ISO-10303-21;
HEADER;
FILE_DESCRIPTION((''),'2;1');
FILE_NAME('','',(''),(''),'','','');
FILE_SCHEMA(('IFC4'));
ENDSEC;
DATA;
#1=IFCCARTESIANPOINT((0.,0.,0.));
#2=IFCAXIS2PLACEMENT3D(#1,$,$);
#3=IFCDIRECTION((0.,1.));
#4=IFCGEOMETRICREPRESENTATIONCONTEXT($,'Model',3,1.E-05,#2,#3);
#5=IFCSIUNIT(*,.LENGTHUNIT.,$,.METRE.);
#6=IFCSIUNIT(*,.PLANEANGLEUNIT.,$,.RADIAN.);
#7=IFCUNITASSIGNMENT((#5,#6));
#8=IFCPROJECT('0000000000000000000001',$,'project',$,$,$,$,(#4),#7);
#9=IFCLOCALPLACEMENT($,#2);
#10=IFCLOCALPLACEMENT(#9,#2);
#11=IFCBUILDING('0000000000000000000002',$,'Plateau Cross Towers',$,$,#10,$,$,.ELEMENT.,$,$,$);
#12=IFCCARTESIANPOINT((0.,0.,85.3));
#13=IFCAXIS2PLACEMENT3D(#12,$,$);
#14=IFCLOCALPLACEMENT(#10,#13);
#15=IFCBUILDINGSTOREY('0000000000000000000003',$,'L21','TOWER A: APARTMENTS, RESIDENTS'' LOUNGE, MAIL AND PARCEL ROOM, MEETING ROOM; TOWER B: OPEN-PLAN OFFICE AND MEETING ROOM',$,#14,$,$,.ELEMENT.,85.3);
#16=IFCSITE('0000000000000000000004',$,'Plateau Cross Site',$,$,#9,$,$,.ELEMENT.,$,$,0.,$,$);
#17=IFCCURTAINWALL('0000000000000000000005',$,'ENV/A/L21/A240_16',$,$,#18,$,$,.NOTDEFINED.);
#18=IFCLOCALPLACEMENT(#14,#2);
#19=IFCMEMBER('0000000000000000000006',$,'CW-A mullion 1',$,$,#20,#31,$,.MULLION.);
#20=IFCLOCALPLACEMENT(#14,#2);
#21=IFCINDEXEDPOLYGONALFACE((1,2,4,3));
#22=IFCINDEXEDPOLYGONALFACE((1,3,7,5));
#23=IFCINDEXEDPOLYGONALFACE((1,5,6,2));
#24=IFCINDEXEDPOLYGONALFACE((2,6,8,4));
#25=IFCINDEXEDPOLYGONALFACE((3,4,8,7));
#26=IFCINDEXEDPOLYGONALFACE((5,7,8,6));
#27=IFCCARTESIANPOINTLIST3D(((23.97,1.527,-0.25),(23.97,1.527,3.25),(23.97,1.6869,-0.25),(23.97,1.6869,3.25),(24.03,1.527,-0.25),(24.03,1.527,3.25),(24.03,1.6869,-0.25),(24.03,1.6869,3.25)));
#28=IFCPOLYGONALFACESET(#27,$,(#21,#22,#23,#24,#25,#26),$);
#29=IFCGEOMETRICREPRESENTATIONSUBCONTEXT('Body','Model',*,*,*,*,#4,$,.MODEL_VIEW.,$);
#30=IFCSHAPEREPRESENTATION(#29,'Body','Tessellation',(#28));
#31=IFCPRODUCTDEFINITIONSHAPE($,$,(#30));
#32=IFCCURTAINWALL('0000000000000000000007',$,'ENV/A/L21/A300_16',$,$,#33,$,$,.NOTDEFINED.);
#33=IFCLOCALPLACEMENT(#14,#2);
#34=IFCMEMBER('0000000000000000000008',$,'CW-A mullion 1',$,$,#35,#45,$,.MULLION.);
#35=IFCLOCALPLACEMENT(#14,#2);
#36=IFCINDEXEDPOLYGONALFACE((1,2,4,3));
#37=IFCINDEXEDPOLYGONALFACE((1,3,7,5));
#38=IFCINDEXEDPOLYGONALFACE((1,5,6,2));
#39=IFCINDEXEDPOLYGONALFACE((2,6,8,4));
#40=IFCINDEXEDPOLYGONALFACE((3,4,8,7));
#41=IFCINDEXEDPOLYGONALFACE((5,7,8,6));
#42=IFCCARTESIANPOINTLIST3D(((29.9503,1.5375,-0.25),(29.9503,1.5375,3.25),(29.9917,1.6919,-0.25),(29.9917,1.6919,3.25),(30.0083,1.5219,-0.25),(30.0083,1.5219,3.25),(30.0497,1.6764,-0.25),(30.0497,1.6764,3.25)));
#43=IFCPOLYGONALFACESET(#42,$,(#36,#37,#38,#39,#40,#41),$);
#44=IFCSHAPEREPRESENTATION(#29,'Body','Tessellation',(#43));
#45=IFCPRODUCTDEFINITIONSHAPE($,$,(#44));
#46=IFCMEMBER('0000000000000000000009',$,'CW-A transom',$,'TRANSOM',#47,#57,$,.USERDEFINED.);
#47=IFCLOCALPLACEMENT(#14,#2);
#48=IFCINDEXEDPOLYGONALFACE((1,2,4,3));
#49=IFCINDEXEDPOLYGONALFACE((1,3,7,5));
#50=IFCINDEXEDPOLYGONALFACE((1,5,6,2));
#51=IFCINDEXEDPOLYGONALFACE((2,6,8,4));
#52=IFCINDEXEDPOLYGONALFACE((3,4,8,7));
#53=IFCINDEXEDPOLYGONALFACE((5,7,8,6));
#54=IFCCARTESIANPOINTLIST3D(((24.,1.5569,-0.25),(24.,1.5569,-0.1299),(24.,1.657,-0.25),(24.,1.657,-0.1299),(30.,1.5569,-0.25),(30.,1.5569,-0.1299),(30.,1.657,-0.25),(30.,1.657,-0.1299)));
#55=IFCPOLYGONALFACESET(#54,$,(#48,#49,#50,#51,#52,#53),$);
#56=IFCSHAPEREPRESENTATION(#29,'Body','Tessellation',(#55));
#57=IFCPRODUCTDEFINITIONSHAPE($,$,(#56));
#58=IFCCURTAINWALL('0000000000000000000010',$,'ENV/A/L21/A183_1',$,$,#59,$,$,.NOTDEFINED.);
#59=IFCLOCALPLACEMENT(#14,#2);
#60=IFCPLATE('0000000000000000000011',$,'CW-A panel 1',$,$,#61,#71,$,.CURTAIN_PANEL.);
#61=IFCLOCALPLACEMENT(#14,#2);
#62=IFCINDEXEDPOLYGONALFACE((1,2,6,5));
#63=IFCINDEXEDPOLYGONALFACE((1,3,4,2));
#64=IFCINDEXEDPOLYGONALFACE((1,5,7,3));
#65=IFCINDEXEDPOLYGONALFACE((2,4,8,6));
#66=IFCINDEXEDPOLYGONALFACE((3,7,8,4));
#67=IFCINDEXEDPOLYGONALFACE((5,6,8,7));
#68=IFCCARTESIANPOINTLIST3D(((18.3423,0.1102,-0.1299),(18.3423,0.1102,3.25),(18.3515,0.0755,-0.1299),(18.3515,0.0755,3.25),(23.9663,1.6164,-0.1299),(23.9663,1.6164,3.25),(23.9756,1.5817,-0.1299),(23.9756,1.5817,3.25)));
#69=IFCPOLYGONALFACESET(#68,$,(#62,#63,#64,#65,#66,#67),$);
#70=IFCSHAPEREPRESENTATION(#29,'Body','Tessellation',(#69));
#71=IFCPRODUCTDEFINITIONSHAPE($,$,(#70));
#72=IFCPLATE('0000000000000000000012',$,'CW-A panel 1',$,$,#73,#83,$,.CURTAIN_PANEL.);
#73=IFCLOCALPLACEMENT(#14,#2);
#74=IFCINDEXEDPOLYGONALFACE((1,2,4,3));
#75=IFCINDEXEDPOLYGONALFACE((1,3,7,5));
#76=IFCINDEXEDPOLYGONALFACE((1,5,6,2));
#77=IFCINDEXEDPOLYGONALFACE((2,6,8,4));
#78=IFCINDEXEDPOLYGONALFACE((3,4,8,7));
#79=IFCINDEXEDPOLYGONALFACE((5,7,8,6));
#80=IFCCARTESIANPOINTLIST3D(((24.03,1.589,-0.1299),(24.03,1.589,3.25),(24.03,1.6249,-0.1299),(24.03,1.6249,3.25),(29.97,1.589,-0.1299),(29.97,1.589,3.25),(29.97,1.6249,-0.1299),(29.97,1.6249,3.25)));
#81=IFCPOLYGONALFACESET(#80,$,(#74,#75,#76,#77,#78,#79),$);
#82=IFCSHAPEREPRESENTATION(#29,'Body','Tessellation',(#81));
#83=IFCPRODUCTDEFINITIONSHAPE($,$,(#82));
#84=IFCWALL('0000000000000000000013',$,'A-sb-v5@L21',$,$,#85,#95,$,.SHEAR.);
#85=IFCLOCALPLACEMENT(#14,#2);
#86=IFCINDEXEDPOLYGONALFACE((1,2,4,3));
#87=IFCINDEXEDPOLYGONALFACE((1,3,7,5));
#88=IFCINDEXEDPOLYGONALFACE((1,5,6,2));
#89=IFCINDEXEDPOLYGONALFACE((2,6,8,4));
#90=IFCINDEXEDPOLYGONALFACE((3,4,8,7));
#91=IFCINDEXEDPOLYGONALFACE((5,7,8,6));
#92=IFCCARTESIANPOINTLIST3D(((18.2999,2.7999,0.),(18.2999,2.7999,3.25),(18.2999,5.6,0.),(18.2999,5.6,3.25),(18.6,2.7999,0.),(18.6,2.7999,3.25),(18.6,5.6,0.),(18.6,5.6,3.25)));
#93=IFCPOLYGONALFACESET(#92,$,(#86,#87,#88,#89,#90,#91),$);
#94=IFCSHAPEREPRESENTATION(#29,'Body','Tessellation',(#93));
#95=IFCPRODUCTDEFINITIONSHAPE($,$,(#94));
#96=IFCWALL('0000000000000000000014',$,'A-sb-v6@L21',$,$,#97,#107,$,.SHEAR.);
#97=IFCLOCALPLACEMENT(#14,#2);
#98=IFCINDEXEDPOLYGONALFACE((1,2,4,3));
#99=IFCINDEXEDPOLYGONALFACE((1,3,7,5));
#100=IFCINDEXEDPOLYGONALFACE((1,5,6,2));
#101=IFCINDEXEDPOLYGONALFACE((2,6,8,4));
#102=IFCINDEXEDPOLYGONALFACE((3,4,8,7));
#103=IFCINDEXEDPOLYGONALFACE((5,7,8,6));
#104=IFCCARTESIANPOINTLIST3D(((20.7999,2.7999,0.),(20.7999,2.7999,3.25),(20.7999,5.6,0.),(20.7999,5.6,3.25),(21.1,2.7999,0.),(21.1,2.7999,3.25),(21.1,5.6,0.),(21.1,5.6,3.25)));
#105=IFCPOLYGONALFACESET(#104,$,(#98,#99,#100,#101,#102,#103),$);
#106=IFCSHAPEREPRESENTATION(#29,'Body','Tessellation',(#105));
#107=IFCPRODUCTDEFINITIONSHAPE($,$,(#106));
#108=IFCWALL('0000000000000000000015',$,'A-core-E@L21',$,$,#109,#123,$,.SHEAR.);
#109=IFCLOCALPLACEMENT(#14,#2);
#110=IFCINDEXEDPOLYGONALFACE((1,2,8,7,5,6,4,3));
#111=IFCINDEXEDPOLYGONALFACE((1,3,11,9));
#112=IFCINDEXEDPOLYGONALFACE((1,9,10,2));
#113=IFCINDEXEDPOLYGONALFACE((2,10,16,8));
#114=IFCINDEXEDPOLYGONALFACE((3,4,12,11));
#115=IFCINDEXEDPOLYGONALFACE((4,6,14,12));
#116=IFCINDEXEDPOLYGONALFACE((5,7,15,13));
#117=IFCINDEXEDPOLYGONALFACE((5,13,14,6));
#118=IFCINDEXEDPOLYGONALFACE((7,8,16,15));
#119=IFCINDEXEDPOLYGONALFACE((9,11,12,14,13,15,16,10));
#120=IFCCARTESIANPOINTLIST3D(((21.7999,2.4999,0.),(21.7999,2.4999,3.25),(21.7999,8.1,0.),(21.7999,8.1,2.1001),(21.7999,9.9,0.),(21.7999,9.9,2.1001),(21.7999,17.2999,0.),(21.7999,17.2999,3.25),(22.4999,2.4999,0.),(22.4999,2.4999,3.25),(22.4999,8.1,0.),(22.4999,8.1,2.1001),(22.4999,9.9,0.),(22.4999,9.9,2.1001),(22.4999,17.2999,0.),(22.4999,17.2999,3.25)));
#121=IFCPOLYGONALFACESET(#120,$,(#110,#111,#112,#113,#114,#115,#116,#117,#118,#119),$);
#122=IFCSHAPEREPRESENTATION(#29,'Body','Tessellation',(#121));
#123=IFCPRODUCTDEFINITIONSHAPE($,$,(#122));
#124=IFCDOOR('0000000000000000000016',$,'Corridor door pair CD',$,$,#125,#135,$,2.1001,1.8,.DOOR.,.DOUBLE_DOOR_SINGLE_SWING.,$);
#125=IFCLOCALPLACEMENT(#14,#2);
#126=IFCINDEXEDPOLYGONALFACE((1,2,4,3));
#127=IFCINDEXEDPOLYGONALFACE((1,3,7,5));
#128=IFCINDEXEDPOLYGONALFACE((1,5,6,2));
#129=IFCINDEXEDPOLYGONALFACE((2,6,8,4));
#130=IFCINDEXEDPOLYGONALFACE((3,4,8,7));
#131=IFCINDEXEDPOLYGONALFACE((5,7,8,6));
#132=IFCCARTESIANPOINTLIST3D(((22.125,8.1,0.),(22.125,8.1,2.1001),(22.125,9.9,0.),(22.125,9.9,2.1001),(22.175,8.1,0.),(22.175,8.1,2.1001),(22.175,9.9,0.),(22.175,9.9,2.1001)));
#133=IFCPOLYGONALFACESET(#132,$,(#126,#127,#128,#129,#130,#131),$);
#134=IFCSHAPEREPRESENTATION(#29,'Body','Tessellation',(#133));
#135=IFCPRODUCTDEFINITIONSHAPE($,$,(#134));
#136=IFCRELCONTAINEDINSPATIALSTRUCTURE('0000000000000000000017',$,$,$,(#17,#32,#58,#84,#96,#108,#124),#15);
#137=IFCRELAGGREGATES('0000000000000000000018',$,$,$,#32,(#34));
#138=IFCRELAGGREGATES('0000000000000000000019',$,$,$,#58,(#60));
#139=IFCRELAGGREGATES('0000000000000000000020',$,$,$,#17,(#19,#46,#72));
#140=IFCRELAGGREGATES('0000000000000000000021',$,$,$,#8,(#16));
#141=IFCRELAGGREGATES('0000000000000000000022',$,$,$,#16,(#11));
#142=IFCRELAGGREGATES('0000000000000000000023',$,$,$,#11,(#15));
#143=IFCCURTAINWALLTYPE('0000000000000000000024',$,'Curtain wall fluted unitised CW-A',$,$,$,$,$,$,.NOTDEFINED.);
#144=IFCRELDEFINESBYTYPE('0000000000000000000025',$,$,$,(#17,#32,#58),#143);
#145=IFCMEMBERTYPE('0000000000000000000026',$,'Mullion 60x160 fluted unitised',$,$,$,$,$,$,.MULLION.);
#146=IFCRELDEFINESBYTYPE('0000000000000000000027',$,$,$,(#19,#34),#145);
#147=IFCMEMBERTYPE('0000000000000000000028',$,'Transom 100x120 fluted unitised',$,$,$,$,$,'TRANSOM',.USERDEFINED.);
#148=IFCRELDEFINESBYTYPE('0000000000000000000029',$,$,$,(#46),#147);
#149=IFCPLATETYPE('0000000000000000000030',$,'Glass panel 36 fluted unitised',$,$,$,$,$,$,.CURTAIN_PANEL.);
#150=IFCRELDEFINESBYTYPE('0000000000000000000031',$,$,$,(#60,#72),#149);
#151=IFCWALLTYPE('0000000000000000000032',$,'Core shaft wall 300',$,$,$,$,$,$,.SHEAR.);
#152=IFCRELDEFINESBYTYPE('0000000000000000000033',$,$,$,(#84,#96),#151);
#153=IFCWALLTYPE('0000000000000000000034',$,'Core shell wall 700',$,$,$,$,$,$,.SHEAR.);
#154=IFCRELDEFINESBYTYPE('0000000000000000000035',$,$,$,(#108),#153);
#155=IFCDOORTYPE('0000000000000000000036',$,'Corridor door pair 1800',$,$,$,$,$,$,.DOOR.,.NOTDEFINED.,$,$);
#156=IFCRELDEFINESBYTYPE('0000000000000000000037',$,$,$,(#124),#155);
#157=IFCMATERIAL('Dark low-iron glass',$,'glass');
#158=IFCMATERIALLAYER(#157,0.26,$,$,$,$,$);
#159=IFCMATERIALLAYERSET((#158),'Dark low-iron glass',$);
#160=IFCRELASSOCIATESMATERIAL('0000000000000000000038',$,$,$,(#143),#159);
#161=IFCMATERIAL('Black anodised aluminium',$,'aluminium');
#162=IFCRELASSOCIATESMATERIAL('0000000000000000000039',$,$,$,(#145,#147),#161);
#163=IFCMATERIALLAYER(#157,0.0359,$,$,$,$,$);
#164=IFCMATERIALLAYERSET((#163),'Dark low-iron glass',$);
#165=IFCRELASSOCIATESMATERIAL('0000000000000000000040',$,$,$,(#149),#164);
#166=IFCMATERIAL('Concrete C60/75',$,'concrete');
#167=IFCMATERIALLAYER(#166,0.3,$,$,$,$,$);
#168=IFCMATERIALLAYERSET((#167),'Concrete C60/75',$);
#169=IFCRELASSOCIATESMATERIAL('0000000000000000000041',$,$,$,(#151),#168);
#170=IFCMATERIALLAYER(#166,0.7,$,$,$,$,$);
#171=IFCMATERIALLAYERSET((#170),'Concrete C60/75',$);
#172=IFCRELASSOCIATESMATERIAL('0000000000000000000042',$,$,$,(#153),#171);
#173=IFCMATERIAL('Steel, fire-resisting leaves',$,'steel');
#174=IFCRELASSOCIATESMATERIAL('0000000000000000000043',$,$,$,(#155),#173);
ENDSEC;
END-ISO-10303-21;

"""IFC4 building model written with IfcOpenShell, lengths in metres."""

from ifc_helpers import new_model, si_unit, direction, frame, frame_2d, origin, origin_2d, place, context, subcontext, project, spatial, rectangle, extrude, material, layer, layer_set, material_profile, profile_set, type_object, element, fill, aggregate, save


model = new_model("IFC4")

# Units and contexts
model_context = context("Model", 3, precision=1e-05, world=origin(), true_north=direction((0.0, 1.0)))
body_context = subcontext(model_context, "Body", "Model", "MODEL_VIEW")
ifc_project = project(units=[si_unit("LENGTHUNIT", "METRE"), si_unit("PLANEANGLEUNIT", "RADIAN")], contexts=[model_context])

# Site, building, storey
site_placement = place(None, origin())
site = spatial("IfcSite", under=ifc_project, at=site_placement, Name="Plateau Cross Site", CompositionType="ELEMENT", RefElevation=0.0)
building_placement = place(site_placement, origin())
building = spatial("IfcBuilding", under=site, at=building_placement, Name="Plateau Cross Towers", CompositionType="ELEMENT")
storey_placement = place(building_placement, frame((0.0, 0.0, 85.3)))
storey = spatial("IfcBuildingStorey", under=building, at=storey_placement, Name="L21", Description="TOWER A: APARTMENTS, RESIDENTS' LOUNGE, MAIL AND PARCEL ROOM, MEETING ROOM; TOWER B: OPEN-PLAN OFFICE AND MEETING ROOM", CompositionType="ELEMENT", Elevation=85.3)

# Curtain walls, members
ifc_material_1 = material(Name="Dark low-iron glass", Category="glass")
ifc_layer_1 = layer(ifc_material_1, 0.26)
ifc_layer_set_1 = layer_set([ifc_layer_1], Name="Dark low-iron glass")
curtain_wall_type = type_object("IfcCurtainWallType", Name="Curtain wall fluted unitised CW-A", PredefinedType="NOTDEFINED", material=ifc_layer_set_1)
curtain_wall_1_placement = place(storey_placement, origin())
curtain_wall_1 = element("IfcCurtainWall", 1, at=curtain_wall_1_placement, inside=storey, type_object=curtain_wall_type, Name="ENV/A/L21/A240_16", PredefinedType="NOTDEFINED")
ifc_material_2 = material(Name="Black anodised aluminium", Category="aluminium")
ifc_material_profile_1 = material_profile(ifc_material_2, rectangle(XDim=0.0601, YDim=0.1599, at=origin_2d()), Name="MULLION 60x160")
ifc_profile_set_1 = profile_set([ifc_material_profile_1], Name="Black anodised aluminium")
member_type_1 = type_object("IfcMemberType", Name="Mullion 60x160 fluted unitised", PredefinedType="MULLION", material=ifc_profile_set_1)
member_1_placement = place(storey_placement, frame((24.0, 1.6069, -0.25), z_axis=(0.0, 0.0, 1.0), x_axis=(1.0, 0.0, 0.0)))
member_1 = element("IfcMember", 2, at=member_1_placement, type_object=member_type_1, Name="CW-A mullion 1", PredefinedType="MULLION", context=body_context, shape_type="SweptSolid", body=[
    extrude(rectangle(XDim=0.0601, YDim=0.1599, at=origin_2d()), origin(), (0.0, 0.0, 1.0), 3.5),
])
curtain_wall_2_placement = place(storey_placement, origin())
curtain_wall_2 = element("IfcCurtainWall", 3, at=curtain_wall_2_placement, inside=storey, type_object=curtain_wall_type, Name="ENV/A/L21/A300_16", PredefinedType="NOTDEFINED")
member_2_placement = place(storey_placement, frame((30.0, 1.6069, -0.25), z_axis=(0.0, 0.0, 1.0), x_axis=(0.965958, -0.258699, 0.0)))
member_2 = element("IfcMember", 4, at=member_2_placement, type_object=member_type_1, Name="CW-A mullion 1", PredefinedType="MULLION", context=body_context, shape_type="SweptSolid", body=[
    extrude(rectangle(XDim=0.0601, YDim=0.1599, at=origin_2d()), origin(), (0.0, 0.0, 1.0), 3.5),
])
aggregate(curtain_wall_2, [member_2])

# Member
ifc_material_profile_2 = material_profile(ifc_material_2, rectangle(XDim=0.1001, YDim=0.1201, at=origin_2d()), Name="TRANSOM 100x120")
ifc_profile_set_2 = profile_set([ifc_material_profile_2], Name="Black anodised aluminium")
member_type_2 = type_object("IfcMemberType", Name="Transom 100x120 fluted unitised", ElementType="TRANSOM", PredefinedType="USERDEFINED", material=ifc_profile_set_2)
member_3_placement = place(storey_placement, frame((24.0, 1.6069, -0.1899), z_axis=(1.0, 0.0, 0.0), x_axis=(0.0, 1.0, 0.0)))
member_3 = element("IfcMember", 5, at=member_3_placement, type_object=member_type_2, Name="CW-A transom", ObjectType="TRANSOM", PredefinedType="USERDEFINED", context=body_context, shape_type="SweptSolid", body=[
    extrude(rectangle(XDim=0.1001, YDim=0.1201, at=origin_2d()), origin(), (0.0, 0.0, 1.0), 6.0),
])

# Curtain wall, plate
curtain_wall_3_placement = place(storey_placement, origin())
curtain_wall_3 = element("IfcCurtainWall", 6, at=curtain_wall_3_placement, inside=storey, type_object=curtain_wall_type, Name="ENV/A/L21/A183_1", PredefinedType="NOTDEFINED")
ifc_layer_2 = layer(ifc_material_1, 0.0359)
ifc_layer_set_2 = layer_set([ifc_layer_2], Name="Dark low-iron glass")
plate_type = type_object("IfcPlateType", Name="Glass panel 36 fluted unitised", PredefinedType="CURTAIN_PANEL", material=ifc_layer_set_2)
plate_1_placement = place(storey_placement, frame((21.1589, 0.8459, -0.1299), z_axis=(0.0, 0.0, 1.0), x_axis=(0.965958, 0.258699, 0.0)))
plate_1 = element("IfcPlate", 7, at=plate_1_placement, type_object=plate_type, Name="CW-A panel 1", PredefinedType="CURTAIN_PANEL", context=body_context, shape_type="SweptSolid", body=[
    extrude(rectangle(XDim=5.8223, YDim=0.0359, at=origin_2d()), origin(), (0.0, 0.0, 1.0), 3.3799),
])
aggregate(curtain_wall_3, [plate_1])

# Plate
plate_2_placement = place(storey_placement, frame((27.0, 1.6069, -0.1299), z_axis=(0.0, 0.0, 1.0), x_axis=(1.0, 0.0, 0.0)))
plate_2 = element("IfcPlate", 8, at=plate_2_placement, type_object=plate_type, Name="CW-A panel 1", PredefinedType="CURTAIN_PANEL", context=body_context, shape_type="SweptSolid", body=[
    extrude(rectangle(XDim=5.9399, YDim=0.0359, at=origin_2d()), origin(), (0.0, 0.0, 1.0), 3.3799),
])
aggregate(curtain_wall_1, [member_1, member_3, plate_2])

# Walls
ifc_material_3 = material(Name="Concrete C60/75", Category="concrete")
ifc_layer_3 = layer(ifc_material_3, 0.3)
ifc_layer_set_3 = layer_set([ifc_layer_3], Name="Concrete C60/75")
wall_type_1 = type_object("IfcWallType", Name="Core shaft wall 300", PredefinedType="SHEAR", material=ifc_layer_set_3)
for number, where, z_axis, x_axis, name in (
    (9, (18.45, 2.8, 0.0), (0.0, 0.0, 1.0), (0.0, 1.0, 0.0), "A-sb-v5@L21"),
    (10, (20.95, 2.8, 0.0), (0.0, 0.0, 1.0), (0.0, 1.0, 0.0), "A-sb-v6@L21"),
):
    element("IfcWall", number, at=place(storey_placement, frame(where, z_axis=z_axis, x_axis=x_axis)), inside=storey, type_object=wall_type_1, Name=name, PredefinedType="SHEAR", context=body_context, shape_type="SweptSolid", body=[
        extrude(rectangle(XDim=2.8, YDim=0.3, at=frame_2d((1.3999, 0.0))), origin(), (0.0, 0.0, 1.0), 3.25),
    ])

# Wall, opening, door
ifc_layer_4 = layer(ifc_material_3, 0.7)
ifc_layer_set_4 = layer_set([ifc_layer_4], Name="Concrete C60/75")
wall_type_2 = type_object("IfcWallType", Name="Core shell wall 700", PredefinedType="SHEAR", material=ifc_layer_set_4)
wall_1_placement = place(storey_placement, frame((22.1499, 2.5, 0.0), z_axis=(0.0, 0.0, 1.0), x_axis=(0.0, 1.0, 0.0)))
wall_1 = element("IfcWall", 11, at=wall_1_placement, inside=storey, type_object=wall_type_2, Name="A-core-E@L21", PredefinedType="SHEAR", context=body_context, shape_type="SweptSolid", body=[
    extrude(rectangle(XDim=14.8, YDim=0.7, at=frame_2d((7.3999, 0.0))), origin(), (0.0, 0.0, 1.0), 3.25),
])
opening_1_placement = place(wall_1_placement, frame((5.6001, 0.0, 0.0)))
opening_1 = element("IfcOpeningElement", 12, at=opening_1_placement, cuts=wall_1, PredefinedType="OPENING", context=body_context, shape_type="SweptSolid", body=[
    extrude(rectangle(XDim=1.8, YDim=2.1001, at=frame_2d((0.8999, 1.05))), frame((0.0, 0.3599, 0.0), z_axis=(0.0, -1.0, 0.0), x_axis=(1.0, 0.0, 0.0)), (0.0, 0.0, 1.0), 0.72),
])
ifc_material_4 = material(Name="Steel, fire-resisting leaves", Category="steel")
door_type_1 = type_object("IfcDoorType", Name="Corridor door pair 1800", OperationType="NOTDEFINED", PredefinedType="DOOR", material=ifc_material_4)
door_1_placement = place(opening_1_placement, origin())
door_1 = element("IfcDoor", 13, at=door_1_placement, inside=storey, type_object=door_type_1, Name="Corridor door pair CD", OperationType="DOUBLE_DOOR_SINGLE_SWING", OverallHeight=2.1001, OverallWidth=1.8, PredefinedType="DOOR", context=body_context, shape_type="SweptSolid", body=[
    extrude(rectangle(XDim=1.8, YDim=2.1001, at=frame_2d((0.8999, 1.05))), frame((0.0, 0.0249, 0.0), z_axis=(0.0, -1.0, 0.0), x_axis=(1.0, 0.0, 0.0)), (0.0, 0.0, 1.0), 0.05),
])
fill(opening_1, door_1)

save(model, "model.ifc")
